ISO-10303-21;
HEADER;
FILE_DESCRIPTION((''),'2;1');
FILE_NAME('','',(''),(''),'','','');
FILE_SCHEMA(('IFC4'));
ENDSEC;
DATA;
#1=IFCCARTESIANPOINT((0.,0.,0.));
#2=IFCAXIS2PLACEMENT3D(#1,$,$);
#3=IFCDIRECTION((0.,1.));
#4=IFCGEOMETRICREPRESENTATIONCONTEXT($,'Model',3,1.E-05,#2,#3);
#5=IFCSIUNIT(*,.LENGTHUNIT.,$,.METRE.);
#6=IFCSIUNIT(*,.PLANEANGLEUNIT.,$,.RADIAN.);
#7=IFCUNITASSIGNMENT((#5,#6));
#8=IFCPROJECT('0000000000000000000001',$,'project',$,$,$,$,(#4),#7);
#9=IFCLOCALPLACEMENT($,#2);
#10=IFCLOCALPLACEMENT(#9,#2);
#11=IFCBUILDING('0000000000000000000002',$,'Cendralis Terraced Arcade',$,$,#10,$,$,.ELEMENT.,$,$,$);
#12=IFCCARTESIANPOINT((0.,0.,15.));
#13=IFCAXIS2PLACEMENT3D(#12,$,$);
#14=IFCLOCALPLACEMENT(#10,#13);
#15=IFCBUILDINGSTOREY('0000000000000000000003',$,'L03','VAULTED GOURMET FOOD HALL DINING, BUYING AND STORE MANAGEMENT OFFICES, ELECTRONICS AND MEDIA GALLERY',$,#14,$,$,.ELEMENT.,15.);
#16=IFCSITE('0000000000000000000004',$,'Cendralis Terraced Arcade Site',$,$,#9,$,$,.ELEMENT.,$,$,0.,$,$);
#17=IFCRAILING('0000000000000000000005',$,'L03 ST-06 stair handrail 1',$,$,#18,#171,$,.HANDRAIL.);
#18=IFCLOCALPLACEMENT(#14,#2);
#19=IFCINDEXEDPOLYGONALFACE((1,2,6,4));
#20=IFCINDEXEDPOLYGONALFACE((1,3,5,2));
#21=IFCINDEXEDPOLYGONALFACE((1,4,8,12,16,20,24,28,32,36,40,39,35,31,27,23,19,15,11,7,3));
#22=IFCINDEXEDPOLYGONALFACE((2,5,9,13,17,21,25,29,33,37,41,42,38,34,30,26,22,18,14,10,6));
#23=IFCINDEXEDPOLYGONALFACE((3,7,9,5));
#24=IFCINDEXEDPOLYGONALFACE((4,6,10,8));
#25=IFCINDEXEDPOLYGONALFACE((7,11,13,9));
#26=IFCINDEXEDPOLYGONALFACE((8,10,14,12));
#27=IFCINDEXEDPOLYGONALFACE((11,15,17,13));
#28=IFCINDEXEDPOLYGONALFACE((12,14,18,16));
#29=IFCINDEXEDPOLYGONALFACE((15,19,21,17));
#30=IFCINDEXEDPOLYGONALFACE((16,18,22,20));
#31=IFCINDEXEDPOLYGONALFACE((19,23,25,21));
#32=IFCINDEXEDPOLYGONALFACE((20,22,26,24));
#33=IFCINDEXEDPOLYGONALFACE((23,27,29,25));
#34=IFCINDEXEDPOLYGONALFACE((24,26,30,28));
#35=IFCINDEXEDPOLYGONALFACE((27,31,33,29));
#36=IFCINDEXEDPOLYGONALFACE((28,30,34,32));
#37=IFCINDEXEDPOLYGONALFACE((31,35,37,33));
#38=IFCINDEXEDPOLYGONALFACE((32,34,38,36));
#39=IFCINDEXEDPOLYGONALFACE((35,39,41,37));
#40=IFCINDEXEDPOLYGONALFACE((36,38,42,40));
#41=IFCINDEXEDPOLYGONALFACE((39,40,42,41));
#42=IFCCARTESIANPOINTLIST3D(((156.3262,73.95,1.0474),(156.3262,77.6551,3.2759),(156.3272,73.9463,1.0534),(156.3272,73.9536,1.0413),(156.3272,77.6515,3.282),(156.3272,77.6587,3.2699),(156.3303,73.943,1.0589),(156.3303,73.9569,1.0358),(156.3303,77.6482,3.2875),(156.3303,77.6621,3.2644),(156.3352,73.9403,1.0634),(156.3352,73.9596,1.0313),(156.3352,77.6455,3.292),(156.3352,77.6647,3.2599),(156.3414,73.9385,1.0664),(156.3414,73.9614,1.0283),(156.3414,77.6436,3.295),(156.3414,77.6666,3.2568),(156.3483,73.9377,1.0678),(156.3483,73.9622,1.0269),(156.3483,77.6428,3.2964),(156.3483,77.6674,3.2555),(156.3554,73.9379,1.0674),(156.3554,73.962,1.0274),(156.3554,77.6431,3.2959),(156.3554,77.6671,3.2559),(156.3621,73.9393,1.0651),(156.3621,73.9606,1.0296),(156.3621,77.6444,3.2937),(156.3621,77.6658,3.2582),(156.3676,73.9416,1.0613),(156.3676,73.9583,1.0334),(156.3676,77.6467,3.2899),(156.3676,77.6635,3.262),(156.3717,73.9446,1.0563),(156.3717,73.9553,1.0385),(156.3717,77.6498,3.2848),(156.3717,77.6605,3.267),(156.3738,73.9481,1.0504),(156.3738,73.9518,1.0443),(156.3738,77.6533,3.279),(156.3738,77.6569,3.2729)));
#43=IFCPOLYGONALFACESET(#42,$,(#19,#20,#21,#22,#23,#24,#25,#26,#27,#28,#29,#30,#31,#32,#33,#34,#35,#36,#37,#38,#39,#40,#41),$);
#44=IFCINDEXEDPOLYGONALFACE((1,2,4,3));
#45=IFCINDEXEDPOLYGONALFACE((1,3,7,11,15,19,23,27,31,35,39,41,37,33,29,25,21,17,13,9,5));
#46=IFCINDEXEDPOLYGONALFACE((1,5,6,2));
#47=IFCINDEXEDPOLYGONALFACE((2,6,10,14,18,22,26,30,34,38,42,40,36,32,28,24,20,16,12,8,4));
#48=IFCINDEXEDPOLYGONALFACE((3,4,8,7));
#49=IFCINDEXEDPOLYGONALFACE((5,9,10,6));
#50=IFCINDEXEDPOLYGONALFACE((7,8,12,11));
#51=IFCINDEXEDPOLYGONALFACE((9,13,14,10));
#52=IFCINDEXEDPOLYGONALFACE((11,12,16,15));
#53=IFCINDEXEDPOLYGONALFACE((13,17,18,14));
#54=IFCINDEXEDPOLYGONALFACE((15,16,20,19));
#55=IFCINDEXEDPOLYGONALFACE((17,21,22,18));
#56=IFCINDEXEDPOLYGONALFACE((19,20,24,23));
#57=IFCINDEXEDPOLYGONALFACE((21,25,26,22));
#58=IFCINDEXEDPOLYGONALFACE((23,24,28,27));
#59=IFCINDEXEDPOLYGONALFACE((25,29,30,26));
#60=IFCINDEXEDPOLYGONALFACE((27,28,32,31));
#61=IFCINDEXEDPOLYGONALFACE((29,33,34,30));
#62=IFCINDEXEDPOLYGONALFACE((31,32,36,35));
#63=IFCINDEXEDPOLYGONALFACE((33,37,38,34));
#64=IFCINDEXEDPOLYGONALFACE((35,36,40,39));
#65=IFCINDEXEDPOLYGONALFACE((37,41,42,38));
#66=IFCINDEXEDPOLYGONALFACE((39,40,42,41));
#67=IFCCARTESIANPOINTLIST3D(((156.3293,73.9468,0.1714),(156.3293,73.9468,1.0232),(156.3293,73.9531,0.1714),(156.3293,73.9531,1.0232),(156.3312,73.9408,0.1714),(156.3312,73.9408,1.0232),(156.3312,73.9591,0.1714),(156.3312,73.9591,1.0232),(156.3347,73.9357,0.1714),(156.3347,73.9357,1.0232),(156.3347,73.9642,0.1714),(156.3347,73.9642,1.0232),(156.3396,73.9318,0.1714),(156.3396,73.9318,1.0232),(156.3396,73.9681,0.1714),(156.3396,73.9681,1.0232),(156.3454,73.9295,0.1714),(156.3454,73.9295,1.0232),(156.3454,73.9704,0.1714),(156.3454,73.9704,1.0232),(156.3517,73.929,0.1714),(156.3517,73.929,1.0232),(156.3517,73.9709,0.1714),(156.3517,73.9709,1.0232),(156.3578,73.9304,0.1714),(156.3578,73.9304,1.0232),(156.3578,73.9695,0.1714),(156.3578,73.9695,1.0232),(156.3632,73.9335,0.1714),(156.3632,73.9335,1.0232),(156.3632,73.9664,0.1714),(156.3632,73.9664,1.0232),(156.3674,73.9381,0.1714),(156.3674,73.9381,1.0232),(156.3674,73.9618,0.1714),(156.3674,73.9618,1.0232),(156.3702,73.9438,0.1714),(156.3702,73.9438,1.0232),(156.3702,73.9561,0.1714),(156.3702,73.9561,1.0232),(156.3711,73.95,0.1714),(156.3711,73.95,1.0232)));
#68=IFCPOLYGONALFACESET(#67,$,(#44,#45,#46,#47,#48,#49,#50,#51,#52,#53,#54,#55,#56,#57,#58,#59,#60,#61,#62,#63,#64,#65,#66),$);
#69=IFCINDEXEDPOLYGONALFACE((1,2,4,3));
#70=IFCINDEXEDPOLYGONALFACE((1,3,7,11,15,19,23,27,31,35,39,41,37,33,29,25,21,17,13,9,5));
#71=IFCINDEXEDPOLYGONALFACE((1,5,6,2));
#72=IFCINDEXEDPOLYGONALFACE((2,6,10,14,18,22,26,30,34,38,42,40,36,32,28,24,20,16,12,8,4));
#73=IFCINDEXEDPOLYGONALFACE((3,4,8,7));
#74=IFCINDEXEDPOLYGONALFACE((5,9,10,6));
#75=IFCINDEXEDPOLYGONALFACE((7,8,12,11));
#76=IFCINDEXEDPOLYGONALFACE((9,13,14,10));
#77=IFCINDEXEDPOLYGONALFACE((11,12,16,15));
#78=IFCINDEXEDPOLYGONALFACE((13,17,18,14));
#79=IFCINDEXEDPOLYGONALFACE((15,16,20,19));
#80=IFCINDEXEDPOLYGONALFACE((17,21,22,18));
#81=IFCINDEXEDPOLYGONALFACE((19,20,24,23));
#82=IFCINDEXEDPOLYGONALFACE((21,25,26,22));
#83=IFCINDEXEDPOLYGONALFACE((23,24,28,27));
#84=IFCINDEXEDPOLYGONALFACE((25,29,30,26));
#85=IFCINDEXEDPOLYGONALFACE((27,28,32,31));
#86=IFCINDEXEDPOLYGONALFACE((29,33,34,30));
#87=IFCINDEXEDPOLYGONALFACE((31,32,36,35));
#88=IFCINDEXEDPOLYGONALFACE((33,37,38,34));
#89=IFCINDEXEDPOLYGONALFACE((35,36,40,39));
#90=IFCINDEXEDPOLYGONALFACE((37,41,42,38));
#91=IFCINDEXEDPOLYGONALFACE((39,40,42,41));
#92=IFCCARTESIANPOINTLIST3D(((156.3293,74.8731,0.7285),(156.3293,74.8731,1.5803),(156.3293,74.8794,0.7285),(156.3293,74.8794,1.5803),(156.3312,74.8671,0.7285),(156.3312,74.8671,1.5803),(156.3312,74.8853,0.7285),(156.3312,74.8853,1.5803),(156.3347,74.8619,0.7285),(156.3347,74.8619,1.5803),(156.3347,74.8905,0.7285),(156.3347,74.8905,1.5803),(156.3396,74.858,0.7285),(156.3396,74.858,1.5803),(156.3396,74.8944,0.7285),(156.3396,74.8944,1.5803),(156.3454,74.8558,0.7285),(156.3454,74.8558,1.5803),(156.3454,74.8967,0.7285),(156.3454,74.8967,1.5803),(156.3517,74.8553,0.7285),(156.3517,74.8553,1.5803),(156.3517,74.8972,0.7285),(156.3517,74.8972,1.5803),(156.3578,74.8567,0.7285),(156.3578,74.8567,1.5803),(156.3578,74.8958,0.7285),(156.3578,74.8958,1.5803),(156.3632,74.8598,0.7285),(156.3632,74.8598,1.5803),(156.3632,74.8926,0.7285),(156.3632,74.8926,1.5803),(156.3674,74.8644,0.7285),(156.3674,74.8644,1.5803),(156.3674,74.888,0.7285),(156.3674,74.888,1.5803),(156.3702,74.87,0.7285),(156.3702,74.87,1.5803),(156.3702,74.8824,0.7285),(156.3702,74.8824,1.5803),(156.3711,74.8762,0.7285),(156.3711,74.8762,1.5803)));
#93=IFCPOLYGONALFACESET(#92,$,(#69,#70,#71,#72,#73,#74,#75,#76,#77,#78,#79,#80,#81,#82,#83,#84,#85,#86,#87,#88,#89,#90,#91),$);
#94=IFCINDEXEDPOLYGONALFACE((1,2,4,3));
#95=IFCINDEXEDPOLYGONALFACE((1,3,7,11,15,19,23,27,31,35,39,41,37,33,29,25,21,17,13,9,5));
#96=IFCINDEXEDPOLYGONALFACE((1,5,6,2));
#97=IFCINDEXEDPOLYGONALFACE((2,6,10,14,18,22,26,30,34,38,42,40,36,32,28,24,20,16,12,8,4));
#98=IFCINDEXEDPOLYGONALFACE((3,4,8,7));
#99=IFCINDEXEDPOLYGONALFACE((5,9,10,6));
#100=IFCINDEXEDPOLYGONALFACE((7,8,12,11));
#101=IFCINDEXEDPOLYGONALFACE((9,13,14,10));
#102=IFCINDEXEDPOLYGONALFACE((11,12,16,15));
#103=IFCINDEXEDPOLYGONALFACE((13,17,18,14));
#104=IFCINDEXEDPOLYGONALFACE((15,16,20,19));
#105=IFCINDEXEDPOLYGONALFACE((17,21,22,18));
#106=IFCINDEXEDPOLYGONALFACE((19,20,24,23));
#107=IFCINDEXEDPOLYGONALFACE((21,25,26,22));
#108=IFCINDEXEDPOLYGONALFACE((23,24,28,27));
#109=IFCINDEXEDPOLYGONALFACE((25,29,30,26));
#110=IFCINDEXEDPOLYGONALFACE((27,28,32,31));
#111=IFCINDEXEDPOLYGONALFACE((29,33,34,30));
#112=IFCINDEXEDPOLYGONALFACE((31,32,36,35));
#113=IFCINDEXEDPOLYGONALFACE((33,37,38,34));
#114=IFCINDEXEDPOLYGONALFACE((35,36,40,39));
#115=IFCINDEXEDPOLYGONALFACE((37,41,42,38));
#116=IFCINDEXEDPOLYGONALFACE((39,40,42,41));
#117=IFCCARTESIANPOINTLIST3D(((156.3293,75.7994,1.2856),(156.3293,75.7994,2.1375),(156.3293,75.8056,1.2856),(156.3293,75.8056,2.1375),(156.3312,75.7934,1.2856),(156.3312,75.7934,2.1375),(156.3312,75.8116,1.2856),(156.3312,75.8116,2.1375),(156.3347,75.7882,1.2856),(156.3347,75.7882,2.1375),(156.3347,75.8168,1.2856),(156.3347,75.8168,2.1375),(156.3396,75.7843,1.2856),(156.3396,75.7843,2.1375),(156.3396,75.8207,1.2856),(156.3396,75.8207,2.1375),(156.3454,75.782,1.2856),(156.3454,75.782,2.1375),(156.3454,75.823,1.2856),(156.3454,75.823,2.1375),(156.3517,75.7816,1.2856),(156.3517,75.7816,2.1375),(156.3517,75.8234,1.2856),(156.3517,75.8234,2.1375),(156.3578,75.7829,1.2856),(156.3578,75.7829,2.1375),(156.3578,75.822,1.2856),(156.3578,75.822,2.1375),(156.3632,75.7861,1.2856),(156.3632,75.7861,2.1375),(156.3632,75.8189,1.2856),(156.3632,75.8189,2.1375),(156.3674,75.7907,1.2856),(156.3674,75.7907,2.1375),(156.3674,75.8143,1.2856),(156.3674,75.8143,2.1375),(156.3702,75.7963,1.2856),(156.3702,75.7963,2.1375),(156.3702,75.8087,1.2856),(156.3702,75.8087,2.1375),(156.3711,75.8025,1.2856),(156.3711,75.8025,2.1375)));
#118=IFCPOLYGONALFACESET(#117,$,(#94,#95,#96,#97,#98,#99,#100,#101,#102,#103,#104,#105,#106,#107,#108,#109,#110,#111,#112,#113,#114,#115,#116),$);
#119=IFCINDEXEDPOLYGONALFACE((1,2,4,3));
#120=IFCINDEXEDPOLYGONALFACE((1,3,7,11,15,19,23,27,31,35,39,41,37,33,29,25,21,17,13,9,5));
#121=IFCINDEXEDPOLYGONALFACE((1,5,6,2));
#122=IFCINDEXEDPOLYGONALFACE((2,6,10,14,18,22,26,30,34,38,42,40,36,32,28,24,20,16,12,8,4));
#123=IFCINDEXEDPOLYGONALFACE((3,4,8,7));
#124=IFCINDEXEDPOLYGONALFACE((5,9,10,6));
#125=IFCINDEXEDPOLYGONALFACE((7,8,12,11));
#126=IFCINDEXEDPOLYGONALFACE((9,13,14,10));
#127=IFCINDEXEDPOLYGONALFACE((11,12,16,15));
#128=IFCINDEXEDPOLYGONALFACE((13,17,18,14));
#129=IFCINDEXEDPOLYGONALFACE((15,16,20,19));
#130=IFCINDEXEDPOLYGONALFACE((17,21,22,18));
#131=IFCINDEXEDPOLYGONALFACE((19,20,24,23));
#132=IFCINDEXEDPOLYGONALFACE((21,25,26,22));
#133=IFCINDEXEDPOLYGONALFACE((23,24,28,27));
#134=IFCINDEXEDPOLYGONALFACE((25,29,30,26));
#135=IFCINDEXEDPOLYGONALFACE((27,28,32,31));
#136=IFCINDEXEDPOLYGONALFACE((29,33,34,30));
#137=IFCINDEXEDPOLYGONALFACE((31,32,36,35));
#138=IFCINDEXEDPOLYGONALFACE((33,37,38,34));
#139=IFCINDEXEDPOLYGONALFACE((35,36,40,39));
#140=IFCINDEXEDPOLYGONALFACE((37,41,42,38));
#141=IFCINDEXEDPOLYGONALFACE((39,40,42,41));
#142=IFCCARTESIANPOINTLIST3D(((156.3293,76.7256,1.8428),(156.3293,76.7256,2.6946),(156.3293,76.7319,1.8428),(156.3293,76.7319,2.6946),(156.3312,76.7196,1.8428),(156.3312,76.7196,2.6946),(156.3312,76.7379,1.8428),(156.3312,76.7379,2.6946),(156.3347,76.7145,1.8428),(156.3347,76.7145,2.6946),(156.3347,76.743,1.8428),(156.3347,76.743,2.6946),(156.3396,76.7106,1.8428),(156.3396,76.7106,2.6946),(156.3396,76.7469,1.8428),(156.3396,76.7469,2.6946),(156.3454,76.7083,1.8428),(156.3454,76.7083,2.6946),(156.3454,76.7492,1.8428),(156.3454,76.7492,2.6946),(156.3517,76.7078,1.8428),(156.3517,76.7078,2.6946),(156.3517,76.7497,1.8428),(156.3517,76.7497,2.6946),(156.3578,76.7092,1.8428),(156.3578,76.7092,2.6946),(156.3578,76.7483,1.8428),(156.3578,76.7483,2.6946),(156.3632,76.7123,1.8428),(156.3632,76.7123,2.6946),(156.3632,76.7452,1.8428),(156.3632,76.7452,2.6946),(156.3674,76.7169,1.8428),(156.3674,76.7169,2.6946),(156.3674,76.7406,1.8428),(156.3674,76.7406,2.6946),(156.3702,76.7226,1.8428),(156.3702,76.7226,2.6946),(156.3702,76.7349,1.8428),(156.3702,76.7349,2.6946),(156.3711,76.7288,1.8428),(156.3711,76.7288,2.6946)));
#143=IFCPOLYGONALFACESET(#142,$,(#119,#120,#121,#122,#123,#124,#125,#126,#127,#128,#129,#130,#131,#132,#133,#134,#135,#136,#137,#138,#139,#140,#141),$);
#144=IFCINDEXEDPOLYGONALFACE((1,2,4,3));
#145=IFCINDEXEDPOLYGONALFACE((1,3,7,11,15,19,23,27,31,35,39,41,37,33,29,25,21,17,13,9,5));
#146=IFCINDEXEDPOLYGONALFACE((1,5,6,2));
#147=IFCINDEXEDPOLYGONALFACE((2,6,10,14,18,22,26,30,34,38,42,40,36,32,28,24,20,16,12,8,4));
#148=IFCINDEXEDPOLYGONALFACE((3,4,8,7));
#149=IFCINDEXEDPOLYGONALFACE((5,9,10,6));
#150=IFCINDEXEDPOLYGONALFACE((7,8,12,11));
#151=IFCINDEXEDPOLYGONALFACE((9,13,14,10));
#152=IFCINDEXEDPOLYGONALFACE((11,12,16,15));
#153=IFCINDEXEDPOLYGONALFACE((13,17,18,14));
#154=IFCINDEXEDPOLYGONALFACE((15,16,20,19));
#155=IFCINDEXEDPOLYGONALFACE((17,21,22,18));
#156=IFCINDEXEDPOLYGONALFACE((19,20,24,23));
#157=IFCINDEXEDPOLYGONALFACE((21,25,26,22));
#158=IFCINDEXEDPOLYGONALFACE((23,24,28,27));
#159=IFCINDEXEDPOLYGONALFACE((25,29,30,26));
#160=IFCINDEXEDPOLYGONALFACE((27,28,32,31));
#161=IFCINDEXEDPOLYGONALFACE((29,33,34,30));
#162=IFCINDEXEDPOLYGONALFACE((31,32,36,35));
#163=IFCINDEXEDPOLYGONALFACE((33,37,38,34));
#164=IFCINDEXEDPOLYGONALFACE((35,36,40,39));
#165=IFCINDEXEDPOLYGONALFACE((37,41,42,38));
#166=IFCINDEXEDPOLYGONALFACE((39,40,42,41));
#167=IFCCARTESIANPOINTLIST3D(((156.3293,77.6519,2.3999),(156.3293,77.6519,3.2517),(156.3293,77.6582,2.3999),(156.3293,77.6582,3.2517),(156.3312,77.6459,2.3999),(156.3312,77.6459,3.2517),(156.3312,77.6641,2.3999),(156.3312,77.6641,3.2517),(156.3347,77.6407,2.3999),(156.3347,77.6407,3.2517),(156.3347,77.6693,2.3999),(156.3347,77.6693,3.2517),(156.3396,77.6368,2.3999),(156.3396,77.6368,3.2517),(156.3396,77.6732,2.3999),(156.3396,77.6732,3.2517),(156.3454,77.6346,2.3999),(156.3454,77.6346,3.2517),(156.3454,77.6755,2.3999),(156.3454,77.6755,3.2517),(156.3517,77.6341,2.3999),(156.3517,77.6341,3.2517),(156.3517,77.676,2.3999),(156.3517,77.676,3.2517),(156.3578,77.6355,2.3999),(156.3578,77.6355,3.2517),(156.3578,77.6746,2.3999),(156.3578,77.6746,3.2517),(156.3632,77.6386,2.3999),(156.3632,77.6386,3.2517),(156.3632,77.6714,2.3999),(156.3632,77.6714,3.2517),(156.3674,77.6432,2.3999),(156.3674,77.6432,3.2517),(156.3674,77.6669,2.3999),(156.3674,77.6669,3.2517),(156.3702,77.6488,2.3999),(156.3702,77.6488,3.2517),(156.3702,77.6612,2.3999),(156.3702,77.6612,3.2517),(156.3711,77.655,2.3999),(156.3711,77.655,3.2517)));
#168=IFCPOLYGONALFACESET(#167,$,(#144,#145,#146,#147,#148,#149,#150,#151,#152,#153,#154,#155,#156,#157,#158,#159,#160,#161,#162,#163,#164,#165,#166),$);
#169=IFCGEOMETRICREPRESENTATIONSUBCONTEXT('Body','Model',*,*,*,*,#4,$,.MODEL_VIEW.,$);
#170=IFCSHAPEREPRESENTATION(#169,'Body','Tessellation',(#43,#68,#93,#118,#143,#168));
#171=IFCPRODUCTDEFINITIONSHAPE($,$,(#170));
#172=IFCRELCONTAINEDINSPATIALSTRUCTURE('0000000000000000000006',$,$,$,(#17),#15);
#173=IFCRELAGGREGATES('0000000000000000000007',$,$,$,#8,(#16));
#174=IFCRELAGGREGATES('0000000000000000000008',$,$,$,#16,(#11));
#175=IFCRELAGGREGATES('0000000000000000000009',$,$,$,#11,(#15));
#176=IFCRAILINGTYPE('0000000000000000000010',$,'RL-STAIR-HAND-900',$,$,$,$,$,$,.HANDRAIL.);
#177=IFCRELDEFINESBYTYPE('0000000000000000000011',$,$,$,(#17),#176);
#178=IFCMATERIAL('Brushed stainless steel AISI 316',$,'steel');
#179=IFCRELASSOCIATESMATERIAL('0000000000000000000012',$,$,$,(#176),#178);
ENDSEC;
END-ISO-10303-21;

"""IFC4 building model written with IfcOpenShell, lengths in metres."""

from ifc_helpers import new_model, si_unit, direction, frame, origin, origin_2d, place, context, subcontext, project, spatial, circle, extrude, material, type_object, element, save


model = new_model("IFC4")

# Units and contexts
model_context = context("Model", 3, precision=1e-05, world=origin(), true_north=direction((0.0, 1.0)))
body_context = subcontext(model_context, "Body", "Model", "MODEL_VIEW")
ifc_project = project(units=[si_unit("LENGTHUNIT", "METRE"), si_unit("PLANEANGLEUNIT", "RADIAN")], contexts=[model_context])

# Site, building, storey
site_placement = place(None, origin())
site = spatial("IfcSite", under=ifc_project, at=site_placement, Name="Cendralis Terraced Arcade Site", CompositionType="ELEMENT", RefElevation=0.0)
building_placement = place(site_placement, origin())
building = spatial("IfcBuilding", under=site, at=building_placement, Name="Cendralis Terraced Arcade", CompositionType="ELEMENT")
storey_placement = place(building_placement, frame((0.0, 0.0, 15.0)))
storey = spatial("IfcBuildingStorey", under=building, at=storey_placement, Name="L03", Description="VAULTED GOURMET FOOD HALL DINING, BUYING AND STORE MANAGEMENT OFFICES, ELECTRONICS AND MEDIA GALLERY", CompositionType="ELEMENT", Elevation=15.0)

# Railing
ifc_material_1 = material(Name="Brushed stainless steel AISI 316", Category="steel")
railing_type_1 = type_object("IfcRailingType", Name="RL-STAIR-HAND-900", PredefinedType="HANDRAIL", material=ifc_material_1)
railing_1_placement = place(storey_placement, frame((156.3501, 73.95, 0.1714)))
element("IfcRailing", 1, at=railing_1_placement, inside=storey, type_object=railing_type_1, Name="L03 ST-06 stair handrail 1", PredefinedType="HANDRAIL", context=body_context, shape_type="SweptSolid", body=[
    extrude(circle(Radius=0.0239, at=origin_2d()), frame((0.0, 0.0, 0.876), z_axis=(0.0, 0.856934, 0.515425), x_axis=(-1.0, 0.0, 0.0)), (0.0, 0.0, 1.0), 4.3237),
    extrude(circle(Radius=0.021, at=origin_2d()), origin(), (0.0, 0.0, 1.0), 0.8518),
    extrude(circle(Radius=0.021, at=origin_2d()), frame((0.0, 0.9263, 0.5571)), (0.0, 0.0, 1.0), 0.8518),
    extrude(circle(Radius=0.021, at=origin_2d()), frame((0.0, 1.8525, 1.1143)), (0.0, 0.0, 1.0), 0.8518),
    extrude(circle(Radius=0.021, at=origin_2d()), frame((0.0, 2.7788, 1.6714)), (0.0, 0.0, 1.0), 0.8518),
    extrude(circle(Radius=0.021, at=origin_2d()), frame((0.0, 3.7051, 2.2285)), (0.0, 0.0, 1.0), 0.8518),
])

save(model, "model.ifc")
